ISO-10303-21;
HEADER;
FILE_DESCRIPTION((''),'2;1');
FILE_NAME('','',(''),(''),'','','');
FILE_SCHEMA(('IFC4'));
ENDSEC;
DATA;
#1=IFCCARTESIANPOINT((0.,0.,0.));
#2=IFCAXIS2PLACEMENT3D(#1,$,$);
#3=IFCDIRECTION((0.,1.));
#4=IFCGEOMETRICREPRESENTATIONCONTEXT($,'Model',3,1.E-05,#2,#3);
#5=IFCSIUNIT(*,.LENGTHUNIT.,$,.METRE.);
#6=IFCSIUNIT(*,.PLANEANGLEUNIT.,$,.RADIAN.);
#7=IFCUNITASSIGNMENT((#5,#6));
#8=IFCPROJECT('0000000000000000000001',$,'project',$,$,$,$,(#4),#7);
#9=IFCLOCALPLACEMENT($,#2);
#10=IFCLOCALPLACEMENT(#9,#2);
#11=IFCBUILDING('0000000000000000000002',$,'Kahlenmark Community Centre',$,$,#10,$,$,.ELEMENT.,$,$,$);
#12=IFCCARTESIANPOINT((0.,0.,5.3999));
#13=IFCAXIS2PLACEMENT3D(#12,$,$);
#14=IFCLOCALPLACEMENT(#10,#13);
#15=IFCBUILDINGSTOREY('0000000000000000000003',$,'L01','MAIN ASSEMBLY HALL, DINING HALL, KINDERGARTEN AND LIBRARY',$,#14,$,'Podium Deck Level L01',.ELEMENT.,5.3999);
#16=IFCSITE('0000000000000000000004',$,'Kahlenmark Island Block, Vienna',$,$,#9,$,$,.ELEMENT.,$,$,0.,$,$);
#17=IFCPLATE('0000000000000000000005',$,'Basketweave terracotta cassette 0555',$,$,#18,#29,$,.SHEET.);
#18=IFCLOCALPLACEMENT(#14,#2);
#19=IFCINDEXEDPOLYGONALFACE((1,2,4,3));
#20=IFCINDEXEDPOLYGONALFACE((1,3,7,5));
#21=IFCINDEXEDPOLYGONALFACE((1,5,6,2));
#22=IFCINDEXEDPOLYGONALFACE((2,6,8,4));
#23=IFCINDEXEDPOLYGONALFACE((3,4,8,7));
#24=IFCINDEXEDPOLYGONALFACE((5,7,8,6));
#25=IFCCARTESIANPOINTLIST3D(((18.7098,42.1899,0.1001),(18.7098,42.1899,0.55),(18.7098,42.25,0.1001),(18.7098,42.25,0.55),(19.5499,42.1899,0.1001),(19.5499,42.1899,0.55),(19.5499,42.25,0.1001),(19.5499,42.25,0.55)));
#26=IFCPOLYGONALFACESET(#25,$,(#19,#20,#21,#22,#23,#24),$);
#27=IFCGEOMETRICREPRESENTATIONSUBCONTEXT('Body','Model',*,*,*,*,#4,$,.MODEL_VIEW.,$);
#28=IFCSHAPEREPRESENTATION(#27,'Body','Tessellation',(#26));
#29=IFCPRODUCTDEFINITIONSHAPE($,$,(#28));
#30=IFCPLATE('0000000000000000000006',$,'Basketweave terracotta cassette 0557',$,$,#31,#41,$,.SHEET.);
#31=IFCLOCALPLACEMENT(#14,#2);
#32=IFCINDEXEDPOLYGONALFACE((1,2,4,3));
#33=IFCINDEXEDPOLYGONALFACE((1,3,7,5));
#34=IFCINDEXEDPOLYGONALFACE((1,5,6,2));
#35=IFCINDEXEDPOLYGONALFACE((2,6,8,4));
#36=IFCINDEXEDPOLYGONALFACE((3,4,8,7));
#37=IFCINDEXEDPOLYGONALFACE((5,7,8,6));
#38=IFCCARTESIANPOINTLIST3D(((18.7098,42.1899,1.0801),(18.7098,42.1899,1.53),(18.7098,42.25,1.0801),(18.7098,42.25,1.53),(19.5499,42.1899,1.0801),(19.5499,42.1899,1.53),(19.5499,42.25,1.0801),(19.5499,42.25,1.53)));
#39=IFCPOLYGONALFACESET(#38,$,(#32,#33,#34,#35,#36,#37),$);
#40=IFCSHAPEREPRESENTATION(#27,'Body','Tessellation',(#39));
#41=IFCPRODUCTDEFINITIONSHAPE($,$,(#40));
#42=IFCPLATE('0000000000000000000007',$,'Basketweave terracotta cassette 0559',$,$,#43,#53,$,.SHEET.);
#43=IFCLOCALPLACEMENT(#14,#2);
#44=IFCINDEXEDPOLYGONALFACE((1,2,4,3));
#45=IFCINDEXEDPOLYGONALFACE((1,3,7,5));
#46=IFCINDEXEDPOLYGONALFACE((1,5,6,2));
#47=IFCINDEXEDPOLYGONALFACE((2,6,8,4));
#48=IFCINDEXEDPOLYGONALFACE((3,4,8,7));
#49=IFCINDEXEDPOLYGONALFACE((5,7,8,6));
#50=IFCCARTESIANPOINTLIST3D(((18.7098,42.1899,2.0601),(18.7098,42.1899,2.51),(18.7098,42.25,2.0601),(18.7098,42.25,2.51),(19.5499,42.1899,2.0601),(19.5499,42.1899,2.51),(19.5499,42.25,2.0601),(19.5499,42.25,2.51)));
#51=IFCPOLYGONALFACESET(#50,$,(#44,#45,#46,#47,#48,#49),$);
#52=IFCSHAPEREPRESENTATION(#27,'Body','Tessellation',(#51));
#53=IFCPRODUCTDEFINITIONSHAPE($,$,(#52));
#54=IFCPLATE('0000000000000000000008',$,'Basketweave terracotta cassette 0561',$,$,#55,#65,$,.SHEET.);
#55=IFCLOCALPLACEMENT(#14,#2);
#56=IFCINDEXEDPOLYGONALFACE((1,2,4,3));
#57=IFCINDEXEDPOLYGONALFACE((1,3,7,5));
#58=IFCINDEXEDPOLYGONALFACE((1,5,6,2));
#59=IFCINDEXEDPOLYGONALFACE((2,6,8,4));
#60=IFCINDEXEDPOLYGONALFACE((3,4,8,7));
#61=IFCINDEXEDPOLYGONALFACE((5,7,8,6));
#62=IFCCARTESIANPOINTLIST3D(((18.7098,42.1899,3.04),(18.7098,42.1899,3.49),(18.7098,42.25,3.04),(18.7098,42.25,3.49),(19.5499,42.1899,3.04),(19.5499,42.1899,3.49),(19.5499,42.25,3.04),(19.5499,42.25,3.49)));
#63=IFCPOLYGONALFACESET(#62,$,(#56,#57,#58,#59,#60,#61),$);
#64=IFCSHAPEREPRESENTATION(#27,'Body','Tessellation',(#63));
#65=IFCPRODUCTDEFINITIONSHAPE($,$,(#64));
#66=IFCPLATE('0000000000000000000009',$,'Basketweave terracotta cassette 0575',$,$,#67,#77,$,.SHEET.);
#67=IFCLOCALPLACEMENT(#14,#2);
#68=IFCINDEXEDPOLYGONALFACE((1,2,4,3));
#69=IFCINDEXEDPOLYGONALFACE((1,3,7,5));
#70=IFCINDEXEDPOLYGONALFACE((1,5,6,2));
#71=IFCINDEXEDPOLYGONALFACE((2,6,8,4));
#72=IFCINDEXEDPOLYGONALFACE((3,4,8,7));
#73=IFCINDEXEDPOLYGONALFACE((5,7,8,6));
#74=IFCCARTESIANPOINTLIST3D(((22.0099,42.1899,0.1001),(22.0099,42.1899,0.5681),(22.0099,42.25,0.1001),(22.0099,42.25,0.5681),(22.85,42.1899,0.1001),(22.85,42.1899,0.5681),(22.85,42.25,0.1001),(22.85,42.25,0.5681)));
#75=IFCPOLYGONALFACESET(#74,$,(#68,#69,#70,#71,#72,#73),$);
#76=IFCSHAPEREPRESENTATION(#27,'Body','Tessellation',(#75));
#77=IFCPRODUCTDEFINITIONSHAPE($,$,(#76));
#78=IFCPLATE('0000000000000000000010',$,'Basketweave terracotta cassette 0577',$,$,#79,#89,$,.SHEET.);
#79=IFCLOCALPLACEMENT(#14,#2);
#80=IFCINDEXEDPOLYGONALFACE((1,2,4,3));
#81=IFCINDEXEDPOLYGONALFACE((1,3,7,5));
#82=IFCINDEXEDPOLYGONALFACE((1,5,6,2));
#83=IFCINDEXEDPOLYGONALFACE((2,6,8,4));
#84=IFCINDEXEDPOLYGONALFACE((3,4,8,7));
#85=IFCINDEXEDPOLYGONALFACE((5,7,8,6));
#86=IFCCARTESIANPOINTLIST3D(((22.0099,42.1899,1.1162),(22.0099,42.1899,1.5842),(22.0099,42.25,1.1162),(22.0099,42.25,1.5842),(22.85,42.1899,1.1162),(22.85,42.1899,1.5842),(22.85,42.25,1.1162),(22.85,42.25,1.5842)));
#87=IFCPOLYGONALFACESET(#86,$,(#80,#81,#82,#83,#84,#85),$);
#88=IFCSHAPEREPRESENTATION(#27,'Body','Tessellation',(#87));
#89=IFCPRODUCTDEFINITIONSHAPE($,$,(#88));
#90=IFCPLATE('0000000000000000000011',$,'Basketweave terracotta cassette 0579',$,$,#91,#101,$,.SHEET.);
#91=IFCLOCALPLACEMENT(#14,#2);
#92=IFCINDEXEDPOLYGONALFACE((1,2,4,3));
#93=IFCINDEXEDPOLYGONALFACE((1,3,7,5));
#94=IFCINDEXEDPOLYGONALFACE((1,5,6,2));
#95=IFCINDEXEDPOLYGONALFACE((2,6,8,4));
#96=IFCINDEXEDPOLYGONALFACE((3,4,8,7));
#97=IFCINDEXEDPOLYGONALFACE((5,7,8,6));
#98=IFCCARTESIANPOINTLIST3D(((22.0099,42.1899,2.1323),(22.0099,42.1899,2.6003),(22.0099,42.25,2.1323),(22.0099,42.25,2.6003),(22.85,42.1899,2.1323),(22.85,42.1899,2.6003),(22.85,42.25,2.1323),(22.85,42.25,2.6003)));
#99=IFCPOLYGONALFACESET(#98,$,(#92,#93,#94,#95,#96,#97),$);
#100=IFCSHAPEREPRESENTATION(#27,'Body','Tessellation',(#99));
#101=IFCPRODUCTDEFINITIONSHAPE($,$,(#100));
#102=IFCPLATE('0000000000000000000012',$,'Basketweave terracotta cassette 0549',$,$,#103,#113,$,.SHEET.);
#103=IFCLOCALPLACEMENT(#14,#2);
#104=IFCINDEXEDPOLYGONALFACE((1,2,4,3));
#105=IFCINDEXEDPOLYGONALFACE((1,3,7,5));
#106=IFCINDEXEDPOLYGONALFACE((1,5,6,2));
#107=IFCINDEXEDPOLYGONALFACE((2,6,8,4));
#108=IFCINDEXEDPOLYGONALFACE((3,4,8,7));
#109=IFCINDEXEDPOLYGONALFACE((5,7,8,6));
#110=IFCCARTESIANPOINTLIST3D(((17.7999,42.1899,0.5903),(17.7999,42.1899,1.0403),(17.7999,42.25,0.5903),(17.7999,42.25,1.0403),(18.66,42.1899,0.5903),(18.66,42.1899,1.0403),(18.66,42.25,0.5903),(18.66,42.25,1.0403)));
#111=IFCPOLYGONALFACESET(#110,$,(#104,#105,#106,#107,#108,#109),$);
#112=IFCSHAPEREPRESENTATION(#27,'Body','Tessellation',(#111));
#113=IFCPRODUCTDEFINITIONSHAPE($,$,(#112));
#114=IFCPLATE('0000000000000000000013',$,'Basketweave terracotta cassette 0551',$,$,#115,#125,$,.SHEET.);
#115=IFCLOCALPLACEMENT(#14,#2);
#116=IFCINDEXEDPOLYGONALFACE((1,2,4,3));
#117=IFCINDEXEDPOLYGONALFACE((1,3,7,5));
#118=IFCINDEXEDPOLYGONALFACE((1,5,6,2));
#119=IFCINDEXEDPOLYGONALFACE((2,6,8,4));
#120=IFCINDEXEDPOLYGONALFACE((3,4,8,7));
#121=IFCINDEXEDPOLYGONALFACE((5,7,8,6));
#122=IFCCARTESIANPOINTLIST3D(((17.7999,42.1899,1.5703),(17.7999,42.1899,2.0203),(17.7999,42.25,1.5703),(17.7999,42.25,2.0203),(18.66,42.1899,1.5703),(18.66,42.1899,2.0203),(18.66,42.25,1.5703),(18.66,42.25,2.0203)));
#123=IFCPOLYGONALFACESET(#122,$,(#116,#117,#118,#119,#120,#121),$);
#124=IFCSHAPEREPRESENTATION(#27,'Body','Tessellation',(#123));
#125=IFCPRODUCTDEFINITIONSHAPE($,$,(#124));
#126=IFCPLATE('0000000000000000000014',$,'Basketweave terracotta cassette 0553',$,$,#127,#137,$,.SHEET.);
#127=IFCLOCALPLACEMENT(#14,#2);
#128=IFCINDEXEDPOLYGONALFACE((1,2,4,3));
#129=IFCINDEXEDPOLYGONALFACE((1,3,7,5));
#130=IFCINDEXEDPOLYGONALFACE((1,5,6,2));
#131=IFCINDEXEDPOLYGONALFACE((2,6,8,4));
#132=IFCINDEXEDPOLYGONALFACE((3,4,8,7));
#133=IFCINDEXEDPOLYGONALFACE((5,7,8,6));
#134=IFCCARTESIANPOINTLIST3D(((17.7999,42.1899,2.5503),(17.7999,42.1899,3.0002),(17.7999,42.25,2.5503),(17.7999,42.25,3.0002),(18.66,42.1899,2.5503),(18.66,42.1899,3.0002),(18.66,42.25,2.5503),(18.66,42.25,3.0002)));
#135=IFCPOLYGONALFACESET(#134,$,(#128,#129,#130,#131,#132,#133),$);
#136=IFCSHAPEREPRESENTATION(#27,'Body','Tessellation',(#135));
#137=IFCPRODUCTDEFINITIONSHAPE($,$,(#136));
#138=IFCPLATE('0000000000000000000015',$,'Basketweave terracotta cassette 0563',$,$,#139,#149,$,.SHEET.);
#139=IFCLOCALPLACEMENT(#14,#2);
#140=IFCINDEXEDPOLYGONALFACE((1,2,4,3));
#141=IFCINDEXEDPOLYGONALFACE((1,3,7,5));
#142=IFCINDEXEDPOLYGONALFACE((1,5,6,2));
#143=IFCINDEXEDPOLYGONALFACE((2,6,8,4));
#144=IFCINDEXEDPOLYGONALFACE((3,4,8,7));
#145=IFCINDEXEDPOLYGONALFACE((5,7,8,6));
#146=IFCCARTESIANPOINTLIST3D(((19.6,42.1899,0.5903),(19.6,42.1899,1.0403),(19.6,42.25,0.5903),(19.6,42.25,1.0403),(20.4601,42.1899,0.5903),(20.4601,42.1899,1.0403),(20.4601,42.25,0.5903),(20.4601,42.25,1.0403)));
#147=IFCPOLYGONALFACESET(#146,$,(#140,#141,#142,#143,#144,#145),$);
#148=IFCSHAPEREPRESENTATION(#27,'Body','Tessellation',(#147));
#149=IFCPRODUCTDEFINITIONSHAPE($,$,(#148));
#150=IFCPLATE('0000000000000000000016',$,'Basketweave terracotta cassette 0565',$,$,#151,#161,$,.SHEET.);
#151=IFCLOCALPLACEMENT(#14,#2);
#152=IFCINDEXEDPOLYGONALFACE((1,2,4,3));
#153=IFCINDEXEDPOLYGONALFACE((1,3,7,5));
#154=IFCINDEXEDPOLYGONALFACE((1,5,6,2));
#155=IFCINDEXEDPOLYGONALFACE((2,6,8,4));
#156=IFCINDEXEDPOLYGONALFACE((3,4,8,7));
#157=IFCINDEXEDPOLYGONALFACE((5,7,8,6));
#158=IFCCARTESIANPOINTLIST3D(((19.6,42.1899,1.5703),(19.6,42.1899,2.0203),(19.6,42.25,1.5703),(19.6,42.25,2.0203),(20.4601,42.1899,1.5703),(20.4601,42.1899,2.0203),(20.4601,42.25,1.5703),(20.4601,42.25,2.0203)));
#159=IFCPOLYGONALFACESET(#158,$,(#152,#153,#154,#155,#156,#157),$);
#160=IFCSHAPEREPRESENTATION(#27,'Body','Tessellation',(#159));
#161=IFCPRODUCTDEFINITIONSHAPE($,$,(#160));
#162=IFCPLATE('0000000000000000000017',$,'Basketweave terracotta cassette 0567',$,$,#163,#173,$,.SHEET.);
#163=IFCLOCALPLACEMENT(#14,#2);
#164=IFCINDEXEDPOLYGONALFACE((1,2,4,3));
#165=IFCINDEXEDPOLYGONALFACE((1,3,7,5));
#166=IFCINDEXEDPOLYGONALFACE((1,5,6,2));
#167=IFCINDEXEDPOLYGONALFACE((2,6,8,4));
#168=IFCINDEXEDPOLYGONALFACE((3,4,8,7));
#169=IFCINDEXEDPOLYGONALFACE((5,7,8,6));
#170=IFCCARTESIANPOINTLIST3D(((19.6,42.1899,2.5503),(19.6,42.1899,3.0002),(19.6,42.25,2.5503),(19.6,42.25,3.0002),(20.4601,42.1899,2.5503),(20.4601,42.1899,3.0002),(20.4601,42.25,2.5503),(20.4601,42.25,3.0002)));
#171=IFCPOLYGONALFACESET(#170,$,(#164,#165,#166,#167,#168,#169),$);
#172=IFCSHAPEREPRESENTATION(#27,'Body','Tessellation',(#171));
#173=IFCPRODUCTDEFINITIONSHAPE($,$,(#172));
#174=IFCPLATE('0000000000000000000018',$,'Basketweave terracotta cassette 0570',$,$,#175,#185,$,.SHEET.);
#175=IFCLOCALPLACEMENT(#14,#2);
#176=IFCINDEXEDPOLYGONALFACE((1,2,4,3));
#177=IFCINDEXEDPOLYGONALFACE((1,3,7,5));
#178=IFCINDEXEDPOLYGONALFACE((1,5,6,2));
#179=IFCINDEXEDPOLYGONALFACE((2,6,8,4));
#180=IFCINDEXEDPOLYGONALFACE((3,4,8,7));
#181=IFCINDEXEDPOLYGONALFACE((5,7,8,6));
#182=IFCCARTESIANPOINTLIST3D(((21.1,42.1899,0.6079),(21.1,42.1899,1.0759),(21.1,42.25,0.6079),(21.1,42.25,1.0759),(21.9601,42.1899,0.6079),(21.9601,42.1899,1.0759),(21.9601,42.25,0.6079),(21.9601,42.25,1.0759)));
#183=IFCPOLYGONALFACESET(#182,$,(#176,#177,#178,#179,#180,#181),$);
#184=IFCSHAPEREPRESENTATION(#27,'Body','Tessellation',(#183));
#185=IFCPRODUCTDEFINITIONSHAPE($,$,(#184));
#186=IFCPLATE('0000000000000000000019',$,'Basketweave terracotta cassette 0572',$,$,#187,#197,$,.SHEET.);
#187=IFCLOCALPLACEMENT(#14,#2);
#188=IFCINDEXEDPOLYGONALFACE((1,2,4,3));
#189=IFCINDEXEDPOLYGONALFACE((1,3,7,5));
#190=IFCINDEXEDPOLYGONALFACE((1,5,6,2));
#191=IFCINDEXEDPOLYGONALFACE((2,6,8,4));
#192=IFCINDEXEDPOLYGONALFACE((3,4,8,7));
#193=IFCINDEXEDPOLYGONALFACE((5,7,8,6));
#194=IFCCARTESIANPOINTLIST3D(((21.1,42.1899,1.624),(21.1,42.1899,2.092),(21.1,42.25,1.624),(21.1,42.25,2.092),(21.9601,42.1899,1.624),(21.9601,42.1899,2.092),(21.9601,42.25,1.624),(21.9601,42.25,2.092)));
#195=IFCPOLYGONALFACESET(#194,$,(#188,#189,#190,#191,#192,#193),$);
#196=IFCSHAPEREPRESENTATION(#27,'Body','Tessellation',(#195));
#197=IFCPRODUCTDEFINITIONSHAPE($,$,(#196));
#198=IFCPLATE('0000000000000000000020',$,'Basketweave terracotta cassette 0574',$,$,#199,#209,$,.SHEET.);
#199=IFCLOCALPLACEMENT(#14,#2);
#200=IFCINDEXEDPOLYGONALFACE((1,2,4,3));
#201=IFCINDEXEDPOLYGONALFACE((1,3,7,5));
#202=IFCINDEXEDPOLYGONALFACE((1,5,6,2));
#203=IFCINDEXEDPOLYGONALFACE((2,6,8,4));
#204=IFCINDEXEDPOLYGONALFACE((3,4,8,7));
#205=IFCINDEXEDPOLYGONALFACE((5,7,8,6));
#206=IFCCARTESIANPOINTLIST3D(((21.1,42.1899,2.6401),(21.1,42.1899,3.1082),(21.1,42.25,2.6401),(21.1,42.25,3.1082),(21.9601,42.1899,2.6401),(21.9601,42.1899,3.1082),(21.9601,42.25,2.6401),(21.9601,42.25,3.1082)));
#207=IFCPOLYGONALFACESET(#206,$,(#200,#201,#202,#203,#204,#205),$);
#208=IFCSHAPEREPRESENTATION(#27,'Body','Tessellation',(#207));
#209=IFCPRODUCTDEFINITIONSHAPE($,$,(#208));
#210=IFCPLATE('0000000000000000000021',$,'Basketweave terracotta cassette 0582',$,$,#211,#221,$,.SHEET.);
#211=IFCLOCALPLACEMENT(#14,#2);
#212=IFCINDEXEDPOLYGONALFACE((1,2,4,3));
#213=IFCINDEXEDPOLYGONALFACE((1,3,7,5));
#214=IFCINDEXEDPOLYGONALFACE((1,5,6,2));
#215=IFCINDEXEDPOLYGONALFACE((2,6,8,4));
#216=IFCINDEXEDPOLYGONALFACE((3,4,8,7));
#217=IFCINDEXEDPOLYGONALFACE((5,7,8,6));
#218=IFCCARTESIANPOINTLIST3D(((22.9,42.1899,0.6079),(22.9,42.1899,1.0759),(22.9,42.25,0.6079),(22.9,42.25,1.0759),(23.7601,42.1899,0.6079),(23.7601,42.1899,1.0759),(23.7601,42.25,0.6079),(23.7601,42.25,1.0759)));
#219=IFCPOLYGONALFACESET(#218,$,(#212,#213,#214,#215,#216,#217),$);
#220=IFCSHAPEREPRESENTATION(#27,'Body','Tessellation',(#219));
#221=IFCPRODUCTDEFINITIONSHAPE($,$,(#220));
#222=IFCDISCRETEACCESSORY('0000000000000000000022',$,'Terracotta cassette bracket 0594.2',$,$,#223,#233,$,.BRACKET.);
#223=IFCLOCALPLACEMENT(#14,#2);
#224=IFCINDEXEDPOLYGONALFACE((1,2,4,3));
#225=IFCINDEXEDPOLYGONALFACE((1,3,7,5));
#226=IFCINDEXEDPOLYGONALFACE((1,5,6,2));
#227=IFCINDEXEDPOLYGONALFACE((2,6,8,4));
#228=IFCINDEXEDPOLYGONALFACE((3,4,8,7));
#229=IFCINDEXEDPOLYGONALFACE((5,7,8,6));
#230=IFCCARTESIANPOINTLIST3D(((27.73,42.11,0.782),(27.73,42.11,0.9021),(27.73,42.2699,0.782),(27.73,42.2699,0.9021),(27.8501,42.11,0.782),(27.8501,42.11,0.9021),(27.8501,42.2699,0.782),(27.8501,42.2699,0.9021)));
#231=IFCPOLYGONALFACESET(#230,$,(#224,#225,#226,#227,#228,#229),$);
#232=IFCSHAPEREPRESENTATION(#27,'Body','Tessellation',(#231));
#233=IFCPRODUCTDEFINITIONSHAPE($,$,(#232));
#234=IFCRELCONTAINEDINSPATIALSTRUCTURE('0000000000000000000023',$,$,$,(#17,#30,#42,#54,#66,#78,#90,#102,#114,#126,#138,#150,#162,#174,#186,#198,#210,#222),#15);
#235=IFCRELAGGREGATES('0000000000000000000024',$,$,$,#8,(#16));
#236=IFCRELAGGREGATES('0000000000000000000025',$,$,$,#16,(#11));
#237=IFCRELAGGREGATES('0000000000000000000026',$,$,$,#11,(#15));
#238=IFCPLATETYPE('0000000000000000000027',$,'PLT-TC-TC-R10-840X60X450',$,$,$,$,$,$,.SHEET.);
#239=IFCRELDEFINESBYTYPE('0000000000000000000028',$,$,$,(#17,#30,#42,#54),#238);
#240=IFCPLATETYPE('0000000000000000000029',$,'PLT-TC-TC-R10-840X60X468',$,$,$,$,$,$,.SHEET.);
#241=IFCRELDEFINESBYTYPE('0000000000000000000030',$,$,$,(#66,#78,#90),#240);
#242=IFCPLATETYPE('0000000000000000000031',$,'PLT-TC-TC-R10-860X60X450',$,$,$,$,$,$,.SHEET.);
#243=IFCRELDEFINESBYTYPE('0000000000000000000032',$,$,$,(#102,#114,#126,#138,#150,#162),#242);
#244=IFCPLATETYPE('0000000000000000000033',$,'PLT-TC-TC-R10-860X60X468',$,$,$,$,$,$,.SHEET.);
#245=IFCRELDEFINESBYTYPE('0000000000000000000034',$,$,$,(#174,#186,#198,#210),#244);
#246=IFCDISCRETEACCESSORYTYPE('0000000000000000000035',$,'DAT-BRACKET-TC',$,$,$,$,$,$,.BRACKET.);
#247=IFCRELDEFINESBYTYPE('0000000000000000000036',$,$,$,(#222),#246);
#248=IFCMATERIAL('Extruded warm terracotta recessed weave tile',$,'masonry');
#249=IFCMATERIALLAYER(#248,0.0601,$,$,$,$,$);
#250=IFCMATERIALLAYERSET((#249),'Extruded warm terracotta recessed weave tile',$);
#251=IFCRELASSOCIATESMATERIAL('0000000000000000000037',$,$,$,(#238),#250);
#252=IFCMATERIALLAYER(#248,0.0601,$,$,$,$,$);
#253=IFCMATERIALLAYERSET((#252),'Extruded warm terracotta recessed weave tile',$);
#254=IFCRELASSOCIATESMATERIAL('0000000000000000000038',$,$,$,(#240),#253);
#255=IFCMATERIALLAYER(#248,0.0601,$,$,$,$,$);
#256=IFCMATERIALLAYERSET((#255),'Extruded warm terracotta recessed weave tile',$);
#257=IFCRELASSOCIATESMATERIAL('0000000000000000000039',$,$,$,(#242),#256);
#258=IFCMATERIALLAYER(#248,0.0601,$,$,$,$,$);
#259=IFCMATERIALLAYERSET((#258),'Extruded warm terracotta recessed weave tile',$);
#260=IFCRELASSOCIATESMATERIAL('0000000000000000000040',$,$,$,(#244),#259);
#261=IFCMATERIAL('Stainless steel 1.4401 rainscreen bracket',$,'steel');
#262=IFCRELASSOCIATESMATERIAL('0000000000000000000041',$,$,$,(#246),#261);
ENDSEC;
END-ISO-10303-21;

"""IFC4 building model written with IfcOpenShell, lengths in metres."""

from ifc_helpers import new_model, si_unit, direction, frame, origin, origin_2d, place, context, subcontext, project, spatial, rectangle, extrude, material, layer, layer_set, type_object, element, save


model = new_model("IFC4")

# Units and contexts
model_context = context("Model", 3, precision=1e-05, world=origin(), true_north=direction((0.0, 1.0)))
body_context = subcontext(model_context, "Body", "Model", "MODEL_VIEW")
ifc_project = project(units=[si_unit("LENGTHUNIT", "METRE"), si_unit("PLANEANGLEUNIT", "RADIAN")], contexts=[model_context])

# Site, building, storey
site_placement = place(None, origin())
site = spatial("IfcSite", under=ifc_project, at=site_placement, Name="Kahlenmark Island Block, Vienna", CompositionType="ELEMENT", RefElevation=0.0)
building_placement = place(site_placement, origin())
building = spatial("IfcBuilding", under=site, at=building_placement, Name="Kahlenmark Community Centre", CompositionType="ELEMENT")
storey_placement = place(building_placement, frame((0.0, 0.0, 5.3999)))
storey = spatial("IfcBuildingStorey", under=building, at=storey_placement, Name="L01", Description="MAIN ASSEMBLY HALL, DINING HALL, KINDERGARTEN AND LIBRARY", LongName="Podium Deck Level L01", CompositionType="ELEMENT", Elevation=5.3999)

# Plates
ifc_material_1 = material(Name="Extruded warm terracotta recessed weave tile", Category="masonry")
ifc_layer_1 = layer(ifc_material_1, 0.0601)
ifc_layer_set_1 = layer_set([ifc_layer_1], Name="Extruded warm terracotta recessed weave tile")
plate_type_1 = type_object("IfcPlateType", Name="PLT-TC-TC-R10-840X60X450", PredefinedType="SHEET", material=ifc_layer_set_1)
for number, where, z_axis, x_axis, name in (
    (1, (19.1299, 42.22, 0.1001), (0.0, 0.0, 1.0), (1.0, 0.0, 0.0), "Basketweave terracotta cassette 0555"),
    (2, (19.1299, 42.22, 1.0801), (0.0, 0.0, 1.0), (1.0, 0.0, 0.0), "Basketweave terracotta cassette 0557"),
    (3, (19.1299, 42.22, 2.0601), (0.0, 0.0, 1.0), (1.0, 0.0, 0.0), "Basketweave terracotta cassette 0559"),
    (4, (19.1299, 42.22, 3.04), (0.0, 0.0, 1.0), (1.0, 0.0, 0.0), "Basketweave terracotta cassette 0561"),
):
    element("IfcPlate", number, at=place(storey_placement, frame(where, z_axis=z_axis, x_axis=x_axis)), inside=storey, type_object=plate_type_1, Name=name, PredefinedType="SHEET", context=body_context, shape_type="SweptSolid", body=[
        extrude(rectangle(XDim=0.8401, YDim=0.0601, at=origin_2d()), origin(), (0.0, 0.0, 1.0), 0.45),
    ])
ifc_layer_2 = layer(ifc_material_1, 0.0601)
ifc_layer_set_2 = layer_set([ifc_layer_2], Name="Extruded warm terracotta recessed weave tile")
plate_type_2 = type_object("IfcPlateType", Name="PLT-TC-TC-R10-840X60X468", PredefinedType="SHEET", material=ifc_layer_set_2)
for number, where, z_axis, x_axis, name in (
    (5, (22.4299, 42.22, 0.1001), (0.0, 0.0, 1.0), (1.0, 0.0, 0.0), "Basketweave terracotta cassette 0575"),
    (6, (22.4299, 42.22, 1.1162), (0.0, 0.0, 1.0), (1.0, 0.0, 0.0), "Basketweave terracotta cassette 0577"),
    (7, (22.4299, 42.22, 2.1323), (0.0, 0.0, 1.0), (1.0, 0.0, 0.0), "Basketweave terracotta cassette 0579"),
):
    element("IfcPlate", number, at=place(storey_placement, frame(where, z_axis=z_axis, x_axis=x_axis)), inside=storey, type_object=plate_type_2, Name=name, PredefinedType="SHEET", context=body_context, shape_type="SweptSolid", body=[
        extrude(rectangle(XDim=0.8401, YDim=0.0601, at=origin_2d()), origin(), (0.0, 0.0, 1.0), 0.468),
    ])
ifc_layer_3 = layer(ifc_material_1, 0.0601)
ifc_layer_set_3 = layer_set([ifc_layer_3], Name="Extruded warm terracotta recessed weave tile")
plate_type_3 = type_object("IfcPlateType", Name="PLT-TC-TC-R10-860X60X450", PredefinedType="SHEET", material=ifc_layer_set_3)
for number, where, z_axis, x_axis, name in (
    (8, (18.23, 42.22, 0.5903), (0.0, 0.0, 1.0), (1.0, 0.0, 0.0), "Basketweave terracotta cassette 0549"),
    (9, (18.23, 42.22, 1.5703), (0.0, 0.0, 1.0), (1.0, 0.0, 0.0), "Basketweave terracotta cassette 0551"),
    (10, (18.23, 42.22, 2.5503), (0.0, 0.0, 1.0), (1.0, 0.0, 0.0), "Basketweave terracotta cassette 0553"),
    (11, (20.03, 42.22, 0.5903), (0.0, 0.0, 1.0), (1.0, 0.0, 0.0), "Basketweave terracotta cassette 0563"),
    (12, (20.03, 42.22, 1.5703), (0.0, 0.0, 1.0), (1.0, 0.0, 0.0), "Basketweave terracotta cassette 0565"),
    (13, (20.03, 42.22, 2.5503), (0.0, 0.0, 1.0), (1.0, 0.0, 0.0), "Basketweave terracotta cassette 0567"),
):
    element("IfcPlate", number, at=place(storey_placement, frame(where, z_axis=z_axis, x_axis=x_axis)), inside=storey, type_object=plate_type_3, Name=name, PredefinedType="SHEET", context=body_context, shape_type="SweptSolid", body=[
        extrude(rectangle(XDim=0.8601, YDim=0.0601, at=origin_2d()), origin(), (0.0, 0.0, 1.0), 0.45),
    ])
ifc_layer_4 = layer(ifc_material_1, 0.0601)
ifc_layer_set_4 = layer_set([ifc_layer_4], Name="Extruded warm terracotta recessed weave tile")
plate_type_4 = type_object("IfcPlateType", Name="PLT-TC-TC-R10-860X60X468", PredefinedType="SHEET", material=ifc_layer_set_4)
for number, where, z_axis, x_axis, name in (
    (14, (21.53, 42.22, 0.6079), (0.0, 0.0, 1.0), (1.0, 0.0, 0.0), "Basketweave terracotta cassette 0570"),
    (15, (21.53, 42.22, 1.624), (0.0, 0.0, 1.0), (1.0, 0.0, 0.0), "Basketweave terracotta cassette 0572"),
    (16, (21.53, 42.22, 2.6401), (0.0, 0.0, 1.0), (1.0, 0.0, 0.0), "Basketweave terracotta cassette 0574"),
    (17, (23.3301, 42.22, 0.6079), (0.0, 0.0, 1.0), (1.0, 0.0, 0.0), "Basketweave terracotta cassette 0582"),
):
    element("IfcPlate", number, at=place(storey_placement, frame(where, z_axis=z_axis, x_axis=x_axis)), inside=storey, type_object=plate_type_4, Name=name, PredefinedType="SHEET", context=body_context, shape_type="SweptSolid", body=[
        extrude(rectangle(XDim=0.8601, YDim=0.0601, at=origin_2d()), origin(), (0.0, 0.0, 1.0), 0.468),
    ])

# Discrete accessory
ifc_material_2 = material(Name="Stainless steel 1.4401 rainscreen bracket", Category="steel")
discrete_accessory_type = type_object("IfcDiscreteAccessoryType", Name="DAT-BRACKET-TC", PredefinedType="BRACKET", material=ifc_material_2)
for number, where, z_axis, x_axis, name in (
    (18, (27.79, 42.1899, 0.782), (0.0, 0.0, 1.0), (1.0, 0.0, 0.0), "Terracotta cassette bracket 0594.2"),
):
    element("IfcDiscreteAccessory", number, at=place(storey_placement, frame(where, z_axis=z_axis, x_axis=x_axis)), inside=storey, type_object=discrete_accessory_type, Name=name, PredefinedType="BRACKET", context=body_context, shape_type="SweptSolid", body=[
        extrude(rectangle(XDim=0.1201, YDim=0.1599, at=origin_2d()), origin(), (0.0, 0.0, 1.0), 0.1201),
    ])

save(model, "model.ifc")
